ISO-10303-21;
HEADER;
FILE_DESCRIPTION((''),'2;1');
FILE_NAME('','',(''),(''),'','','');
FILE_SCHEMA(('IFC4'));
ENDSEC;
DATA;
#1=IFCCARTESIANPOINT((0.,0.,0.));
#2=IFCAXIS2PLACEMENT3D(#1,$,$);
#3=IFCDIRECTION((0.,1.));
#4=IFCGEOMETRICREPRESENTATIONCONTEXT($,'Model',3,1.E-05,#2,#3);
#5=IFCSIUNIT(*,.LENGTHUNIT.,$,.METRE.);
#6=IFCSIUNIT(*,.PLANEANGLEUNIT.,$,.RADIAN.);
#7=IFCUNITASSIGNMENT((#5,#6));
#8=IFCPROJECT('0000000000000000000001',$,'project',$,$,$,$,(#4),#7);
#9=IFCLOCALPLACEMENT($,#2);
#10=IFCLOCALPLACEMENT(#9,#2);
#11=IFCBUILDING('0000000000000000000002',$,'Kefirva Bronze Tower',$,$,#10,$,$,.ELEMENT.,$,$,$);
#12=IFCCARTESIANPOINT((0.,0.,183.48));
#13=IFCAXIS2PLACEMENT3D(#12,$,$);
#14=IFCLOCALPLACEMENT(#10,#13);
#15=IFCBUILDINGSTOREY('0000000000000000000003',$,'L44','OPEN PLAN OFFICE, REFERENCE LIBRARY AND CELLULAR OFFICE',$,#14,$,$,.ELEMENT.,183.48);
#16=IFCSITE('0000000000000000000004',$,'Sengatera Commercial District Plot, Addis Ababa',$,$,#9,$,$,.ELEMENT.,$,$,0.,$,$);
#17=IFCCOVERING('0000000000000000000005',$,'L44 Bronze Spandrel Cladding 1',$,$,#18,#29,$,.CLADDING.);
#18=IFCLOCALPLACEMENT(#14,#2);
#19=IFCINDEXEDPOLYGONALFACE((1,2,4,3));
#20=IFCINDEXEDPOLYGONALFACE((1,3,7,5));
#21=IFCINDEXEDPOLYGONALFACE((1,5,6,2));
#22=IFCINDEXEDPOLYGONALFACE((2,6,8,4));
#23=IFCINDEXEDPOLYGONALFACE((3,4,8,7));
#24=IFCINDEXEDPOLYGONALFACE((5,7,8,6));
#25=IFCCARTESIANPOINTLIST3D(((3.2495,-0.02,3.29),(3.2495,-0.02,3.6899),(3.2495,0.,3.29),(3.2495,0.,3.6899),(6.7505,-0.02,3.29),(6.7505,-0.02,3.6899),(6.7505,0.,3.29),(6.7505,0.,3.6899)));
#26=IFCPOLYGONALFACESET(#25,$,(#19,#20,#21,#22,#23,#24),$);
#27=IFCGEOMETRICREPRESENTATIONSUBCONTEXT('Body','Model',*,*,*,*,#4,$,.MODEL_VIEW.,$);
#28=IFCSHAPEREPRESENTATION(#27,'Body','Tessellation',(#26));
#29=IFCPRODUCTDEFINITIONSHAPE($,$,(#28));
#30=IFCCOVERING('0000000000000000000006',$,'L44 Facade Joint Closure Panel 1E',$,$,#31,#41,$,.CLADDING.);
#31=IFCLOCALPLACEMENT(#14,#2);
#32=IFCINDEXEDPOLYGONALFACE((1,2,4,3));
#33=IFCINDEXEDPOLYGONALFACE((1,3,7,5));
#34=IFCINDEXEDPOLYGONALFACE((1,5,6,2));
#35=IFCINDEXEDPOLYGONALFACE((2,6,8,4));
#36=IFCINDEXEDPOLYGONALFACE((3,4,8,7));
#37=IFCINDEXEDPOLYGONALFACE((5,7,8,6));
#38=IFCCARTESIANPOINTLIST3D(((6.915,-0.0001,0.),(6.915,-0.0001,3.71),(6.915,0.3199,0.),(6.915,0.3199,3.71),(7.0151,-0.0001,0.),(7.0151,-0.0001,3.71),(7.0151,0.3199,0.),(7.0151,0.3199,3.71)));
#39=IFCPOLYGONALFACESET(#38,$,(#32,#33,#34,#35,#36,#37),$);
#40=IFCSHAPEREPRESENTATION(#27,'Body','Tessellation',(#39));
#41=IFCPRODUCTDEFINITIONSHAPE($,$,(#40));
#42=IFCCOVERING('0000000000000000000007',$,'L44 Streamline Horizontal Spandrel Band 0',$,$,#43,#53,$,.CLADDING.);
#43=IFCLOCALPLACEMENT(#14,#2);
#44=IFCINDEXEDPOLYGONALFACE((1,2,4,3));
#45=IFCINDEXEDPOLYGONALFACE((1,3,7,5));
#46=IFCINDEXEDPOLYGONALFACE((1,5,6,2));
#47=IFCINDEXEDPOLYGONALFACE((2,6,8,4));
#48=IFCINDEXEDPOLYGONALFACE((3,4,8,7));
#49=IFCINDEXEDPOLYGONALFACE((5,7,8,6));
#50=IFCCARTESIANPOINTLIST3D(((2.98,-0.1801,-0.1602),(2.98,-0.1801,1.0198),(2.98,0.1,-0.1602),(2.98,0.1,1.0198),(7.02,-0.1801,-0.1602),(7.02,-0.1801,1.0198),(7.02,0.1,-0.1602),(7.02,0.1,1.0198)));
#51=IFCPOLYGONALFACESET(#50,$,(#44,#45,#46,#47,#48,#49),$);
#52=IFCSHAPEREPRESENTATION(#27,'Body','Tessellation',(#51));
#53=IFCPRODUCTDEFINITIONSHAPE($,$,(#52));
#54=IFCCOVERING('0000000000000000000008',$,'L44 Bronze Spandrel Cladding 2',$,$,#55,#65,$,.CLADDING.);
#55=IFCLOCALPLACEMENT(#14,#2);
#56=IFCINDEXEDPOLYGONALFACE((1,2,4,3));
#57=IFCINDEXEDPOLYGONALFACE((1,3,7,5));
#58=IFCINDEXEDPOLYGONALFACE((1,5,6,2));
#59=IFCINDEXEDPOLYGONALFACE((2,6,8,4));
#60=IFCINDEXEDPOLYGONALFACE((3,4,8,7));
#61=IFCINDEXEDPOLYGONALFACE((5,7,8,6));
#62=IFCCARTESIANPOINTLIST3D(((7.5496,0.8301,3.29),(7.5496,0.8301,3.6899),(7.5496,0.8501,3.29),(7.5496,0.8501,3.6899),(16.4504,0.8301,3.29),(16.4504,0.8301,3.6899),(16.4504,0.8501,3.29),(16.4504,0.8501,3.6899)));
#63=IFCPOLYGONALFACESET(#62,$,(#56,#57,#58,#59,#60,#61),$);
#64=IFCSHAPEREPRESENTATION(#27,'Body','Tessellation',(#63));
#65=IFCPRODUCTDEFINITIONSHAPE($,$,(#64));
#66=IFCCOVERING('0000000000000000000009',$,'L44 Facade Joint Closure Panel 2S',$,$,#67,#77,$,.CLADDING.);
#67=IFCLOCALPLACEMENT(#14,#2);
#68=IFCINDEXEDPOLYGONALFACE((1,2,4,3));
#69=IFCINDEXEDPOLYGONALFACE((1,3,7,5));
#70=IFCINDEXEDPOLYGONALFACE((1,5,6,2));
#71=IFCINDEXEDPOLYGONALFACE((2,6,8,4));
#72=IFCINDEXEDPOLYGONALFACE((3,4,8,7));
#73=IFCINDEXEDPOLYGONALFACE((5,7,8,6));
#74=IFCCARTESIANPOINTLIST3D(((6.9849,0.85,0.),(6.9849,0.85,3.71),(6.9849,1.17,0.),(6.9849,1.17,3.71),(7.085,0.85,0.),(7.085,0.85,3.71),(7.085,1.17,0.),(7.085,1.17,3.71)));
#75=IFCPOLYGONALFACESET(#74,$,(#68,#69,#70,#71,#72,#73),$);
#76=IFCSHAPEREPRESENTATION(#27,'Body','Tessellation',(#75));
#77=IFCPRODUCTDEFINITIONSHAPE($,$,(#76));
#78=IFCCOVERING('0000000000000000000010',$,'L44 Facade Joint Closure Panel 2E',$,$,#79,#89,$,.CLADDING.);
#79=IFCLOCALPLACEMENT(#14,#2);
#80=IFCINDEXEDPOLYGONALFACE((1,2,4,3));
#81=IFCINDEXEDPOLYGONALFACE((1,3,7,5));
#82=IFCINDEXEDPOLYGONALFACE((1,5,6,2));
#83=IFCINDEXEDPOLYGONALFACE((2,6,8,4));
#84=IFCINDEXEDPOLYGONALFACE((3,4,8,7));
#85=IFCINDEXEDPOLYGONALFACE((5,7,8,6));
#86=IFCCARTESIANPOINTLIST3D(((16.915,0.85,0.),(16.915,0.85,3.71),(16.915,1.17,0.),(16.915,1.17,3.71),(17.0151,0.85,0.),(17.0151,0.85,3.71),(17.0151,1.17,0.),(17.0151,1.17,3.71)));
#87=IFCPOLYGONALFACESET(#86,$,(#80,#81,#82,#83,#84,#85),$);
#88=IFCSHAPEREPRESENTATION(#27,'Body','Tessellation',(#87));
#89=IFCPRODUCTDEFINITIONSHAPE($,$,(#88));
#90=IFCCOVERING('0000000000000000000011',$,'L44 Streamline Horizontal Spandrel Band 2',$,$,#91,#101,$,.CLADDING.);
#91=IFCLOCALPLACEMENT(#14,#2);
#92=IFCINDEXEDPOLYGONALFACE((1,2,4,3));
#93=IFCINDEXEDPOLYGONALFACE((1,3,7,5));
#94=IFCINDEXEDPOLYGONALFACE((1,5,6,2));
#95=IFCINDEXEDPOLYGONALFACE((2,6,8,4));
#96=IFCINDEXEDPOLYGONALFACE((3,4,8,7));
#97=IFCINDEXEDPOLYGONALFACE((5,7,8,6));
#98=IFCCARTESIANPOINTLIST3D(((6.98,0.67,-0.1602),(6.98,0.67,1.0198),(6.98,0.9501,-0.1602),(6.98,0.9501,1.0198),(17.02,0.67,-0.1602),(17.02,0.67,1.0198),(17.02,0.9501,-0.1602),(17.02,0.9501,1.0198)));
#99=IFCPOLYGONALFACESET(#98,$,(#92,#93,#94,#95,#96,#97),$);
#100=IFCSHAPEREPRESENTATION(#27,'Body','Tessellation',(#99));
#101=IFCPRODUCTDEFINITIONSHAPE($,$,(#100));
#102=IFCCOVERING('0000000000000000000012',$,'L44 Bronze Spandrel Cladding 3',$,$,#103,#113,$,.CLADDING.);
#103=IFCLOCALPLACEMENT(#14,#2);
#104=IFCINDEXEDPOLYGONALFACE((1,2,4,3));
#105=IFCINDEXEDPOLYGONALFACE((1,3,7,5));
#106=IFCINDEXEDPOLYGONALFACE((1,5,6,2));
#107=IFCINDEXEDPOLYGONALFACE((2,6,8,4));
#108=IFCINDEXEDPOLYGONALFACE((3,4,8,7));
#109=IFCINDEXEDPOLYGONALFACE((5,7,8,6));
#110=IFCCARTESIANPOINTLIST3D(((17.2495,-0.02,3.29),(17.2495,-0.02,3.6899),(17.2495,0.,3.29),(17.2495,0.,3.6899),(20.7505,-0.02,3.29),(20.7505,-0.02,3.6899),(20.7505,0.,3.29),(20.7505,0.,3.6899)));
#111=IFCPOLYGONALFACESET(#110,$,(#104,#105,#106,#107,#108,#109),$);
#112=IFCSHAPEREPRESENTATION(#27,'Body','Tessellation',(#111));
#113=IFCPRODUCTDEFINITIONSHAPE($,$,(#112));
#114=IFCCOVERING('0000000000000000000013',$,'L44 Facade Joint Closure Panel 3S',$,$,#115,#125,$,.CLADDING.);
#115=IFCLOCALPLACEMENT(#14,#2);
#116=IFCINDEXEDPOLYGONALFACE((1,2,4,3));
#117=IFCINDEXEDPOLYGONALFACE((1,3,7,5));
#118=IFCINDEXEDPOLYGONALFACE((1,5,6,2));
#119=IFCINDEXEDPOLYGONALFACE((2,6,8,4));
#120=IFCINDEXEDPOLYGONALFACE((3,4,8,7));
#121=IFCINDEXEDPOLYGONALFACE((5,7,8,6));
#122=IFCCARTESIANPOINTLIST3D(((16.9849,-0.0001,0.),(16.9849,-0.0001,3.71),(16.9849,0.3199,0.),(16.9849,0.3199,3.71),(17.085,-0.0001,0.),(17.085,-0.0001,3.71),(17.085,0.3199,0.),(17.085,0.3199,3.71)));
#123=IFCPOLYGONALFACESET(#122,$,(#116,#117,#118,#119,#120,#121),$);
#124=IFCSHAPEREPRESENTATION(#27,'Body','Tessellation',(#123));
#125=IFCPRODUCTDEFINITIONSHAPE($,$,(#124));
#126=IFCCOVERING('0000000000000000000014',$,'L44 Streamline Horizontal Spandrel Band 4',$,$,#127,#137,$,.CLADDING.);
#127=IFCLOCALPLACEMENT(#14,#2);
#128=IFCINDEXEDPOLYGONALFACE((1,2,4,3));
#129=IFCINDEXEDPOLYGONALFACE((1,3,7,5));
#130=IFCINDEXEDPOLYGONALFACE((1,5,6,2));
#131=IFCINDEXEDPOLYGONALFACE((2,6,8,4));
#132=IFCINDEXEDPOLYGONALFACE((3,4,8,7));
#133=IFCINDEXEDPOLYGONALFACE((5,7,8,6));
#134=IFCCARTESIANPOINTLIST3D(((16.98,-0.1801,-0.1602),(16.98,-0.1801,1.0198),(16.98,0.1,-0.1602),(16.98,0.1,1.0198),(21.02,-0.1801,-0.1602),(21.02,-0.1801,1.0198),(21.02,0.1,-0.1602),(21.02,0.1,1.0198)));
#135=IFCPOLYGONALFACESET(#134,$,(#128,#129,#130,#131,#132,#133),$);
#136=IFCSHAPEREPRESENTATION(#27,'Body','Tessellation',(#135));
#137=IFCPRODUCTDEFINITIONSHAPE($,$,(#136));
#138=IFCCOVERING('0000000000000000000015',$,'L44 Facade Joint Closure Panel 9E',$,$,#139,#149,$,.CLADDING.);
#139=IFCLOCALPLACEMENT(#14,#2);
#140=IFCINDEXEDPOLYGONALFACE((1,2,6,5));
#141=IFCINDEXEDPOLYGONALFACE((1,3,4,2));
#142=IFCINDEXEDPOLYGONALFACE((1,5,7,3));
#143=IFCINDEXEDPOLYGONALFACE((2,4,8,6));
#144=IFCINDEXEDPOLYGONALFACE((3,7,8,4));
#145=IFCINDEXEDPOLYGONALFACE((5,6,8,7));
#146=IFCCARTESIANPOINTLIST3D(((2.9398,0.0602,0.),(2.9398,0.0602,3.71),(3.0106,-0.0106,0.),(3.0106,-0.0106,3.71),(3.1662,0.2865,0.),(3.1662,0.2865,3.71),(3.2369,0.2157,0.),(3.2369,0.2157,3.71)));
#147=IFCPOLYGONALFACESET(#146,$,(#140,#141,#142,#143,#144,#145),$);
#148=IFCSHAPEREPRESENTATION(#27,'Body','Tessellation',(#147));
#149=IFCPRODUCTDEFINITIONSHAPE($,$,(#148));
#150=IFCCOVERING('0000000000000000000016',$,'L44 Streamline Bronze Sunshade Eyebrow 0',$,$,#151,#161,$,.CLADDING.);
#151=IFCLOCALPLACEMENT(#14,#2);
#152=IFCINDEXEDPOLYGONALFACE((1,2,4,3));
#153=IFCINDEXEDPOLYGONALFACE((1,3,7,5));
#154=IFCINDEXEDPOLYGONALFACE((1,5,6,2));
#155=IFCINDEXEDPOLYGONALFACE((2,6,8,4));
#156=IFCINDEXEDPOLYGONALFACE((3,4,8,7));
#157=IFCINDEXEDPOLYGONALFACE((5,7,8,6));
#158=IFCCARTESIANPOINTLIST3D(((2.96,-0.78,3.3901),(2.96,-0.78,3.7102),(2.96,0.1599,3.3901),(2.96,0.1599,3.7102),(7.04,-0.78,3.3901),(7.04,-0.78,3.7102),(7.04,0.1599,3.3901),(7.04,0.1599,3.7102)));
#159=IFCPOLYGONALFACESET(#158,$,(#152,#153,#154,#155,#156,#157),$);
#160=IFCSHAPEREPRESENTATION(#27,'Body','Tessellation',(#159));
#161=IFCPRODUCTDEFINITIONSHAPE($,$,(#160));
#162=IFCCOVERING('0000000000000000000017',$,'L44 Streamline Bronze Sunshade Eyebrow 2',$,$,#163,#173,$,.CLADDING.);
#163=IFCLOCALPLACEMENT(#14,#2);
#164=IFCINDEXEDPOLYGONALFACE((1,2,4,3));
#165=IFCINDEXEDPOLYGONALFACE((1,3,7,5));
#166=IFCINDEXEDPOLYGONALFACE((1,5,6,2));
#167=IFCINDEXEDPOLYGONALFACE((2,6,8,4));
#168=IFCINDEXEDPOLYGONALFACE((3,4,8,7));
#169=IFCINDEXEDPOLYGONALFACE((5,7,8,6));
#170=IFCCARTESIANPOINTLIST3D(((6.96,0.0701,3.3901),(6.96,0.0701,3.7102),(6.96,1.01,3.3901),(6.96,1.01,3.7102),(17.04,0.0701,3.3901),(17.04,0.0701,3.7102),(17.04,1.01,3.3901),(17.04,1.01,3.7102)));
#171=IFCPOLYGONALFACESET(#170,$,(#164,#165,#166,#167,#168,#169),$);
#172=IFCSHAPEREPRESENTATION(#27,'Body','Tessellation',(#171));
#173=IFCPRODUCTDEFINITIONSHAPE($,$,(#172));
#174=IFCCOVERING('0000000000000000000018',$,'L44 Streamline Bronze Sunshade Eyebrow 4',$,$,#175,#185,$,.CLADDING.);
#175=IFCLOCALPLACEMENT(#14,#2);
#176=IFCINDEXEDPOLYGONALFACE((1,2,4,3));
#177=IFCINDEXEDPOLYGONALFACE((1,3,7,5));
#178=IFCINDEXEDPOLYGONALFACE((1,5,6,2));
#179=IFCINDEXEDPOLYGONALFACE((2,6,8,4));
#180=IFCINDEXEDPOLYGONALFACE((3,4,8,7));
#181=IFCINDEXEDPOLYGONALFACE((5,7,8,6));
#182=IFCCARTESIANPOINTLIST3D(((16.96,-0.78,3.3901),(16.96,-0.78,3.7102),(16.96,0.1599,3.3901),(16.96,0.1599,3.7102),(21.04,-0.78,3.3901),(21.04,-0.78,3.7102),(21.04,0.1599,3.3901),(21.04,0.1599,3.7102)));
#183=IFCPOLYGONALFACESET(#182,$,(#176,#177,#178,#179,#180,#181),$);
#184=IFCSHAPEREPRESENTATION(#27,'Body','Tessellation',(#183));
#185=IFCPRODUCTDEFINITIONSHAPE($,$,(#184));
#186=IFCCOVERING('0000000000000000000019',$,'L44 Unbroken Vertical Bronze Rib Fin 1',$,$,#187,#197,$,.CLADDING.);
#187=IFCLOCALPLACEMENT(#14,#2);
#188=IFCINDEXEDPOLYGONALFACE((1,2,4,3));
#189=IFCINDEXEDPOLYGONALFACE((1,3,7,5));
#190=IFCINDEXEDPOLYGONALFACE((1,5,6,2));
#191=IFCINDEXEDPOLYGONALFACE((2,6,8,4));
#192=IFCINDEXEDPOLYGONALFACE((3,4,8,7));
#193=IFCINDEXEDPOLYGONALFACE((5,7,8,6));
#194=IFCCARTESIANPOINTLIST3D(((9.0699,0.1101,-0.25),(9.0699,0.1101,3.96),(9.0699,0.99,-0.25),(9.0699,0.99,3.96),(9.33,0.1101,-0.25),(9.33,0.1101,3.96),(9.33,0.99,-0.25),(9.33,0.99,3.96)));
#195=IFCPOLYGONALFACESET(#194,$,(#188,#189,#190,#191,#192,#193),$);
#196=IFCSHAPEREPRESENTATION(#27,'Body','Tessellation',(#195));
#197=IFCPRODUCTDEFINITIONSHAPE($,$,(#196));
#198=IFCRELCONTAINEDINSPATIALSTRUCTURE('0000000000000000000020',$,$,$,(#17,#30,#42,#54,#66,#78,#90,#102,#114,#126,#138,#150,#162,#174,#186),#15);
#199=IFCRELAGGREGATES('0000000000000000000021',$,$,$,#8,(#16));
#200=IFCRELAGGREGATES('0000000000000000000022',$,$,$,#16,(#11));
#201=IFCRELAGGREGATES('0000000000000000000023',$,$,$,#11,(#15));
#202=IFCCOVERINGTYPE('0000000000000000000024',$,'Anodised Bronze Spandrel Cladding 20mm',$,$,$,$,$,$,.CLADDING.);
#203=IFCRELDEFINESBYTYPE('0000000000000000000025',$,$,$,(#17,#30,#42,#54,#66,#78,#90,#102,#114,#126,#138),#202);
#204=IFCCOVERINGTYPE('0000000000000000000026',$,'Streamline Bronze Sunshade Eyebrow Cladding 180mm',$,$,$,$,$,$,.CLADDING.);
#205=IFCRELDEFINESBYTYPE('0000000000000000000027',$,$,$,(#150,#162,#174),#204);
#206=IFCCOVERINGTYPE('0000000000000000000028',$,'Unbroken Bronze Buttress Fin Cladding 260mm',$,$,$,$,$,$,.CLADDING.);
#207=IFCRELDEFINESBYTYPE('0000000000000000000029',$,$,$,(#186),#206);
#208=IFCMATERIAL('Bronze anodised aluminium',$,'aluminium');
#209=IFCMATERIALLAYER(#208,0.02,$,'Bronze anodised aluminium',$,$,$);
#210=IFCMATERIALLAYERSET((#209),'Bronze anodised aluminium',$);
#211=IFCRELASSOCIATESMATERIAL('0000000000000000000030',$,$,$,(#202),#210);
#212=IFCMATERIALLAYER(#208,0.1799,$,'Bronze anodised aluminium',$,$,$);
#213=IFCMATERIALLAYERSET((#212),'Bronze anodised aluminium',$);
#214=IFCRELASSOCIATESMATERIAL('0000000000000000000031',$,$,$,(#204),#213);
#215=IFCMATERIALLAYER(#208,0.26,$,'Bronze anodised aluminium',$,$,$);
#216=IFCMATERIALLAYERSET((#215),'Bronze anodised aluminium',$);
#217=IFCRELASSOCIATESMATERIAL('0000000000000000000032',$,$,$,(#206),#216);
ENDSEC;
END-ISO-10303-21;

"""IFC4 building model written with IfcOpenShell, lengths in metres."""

from ifc_helpers import new_model, si_unit, direction, frame, origin, origin_2d, place, context, subcontext, project, spatial, rectangle, extrude, material, layer, layer_set, type_object, element, save


model = new_model("IFC4")

# Units and contexts
model_context = context("Model", 3, precision=1e-05, world=origin(), true_north=direction((0.0, 1.0)))
body_context = subcontext(model_context, "Body", "Model", "MODEL_VIEW")
ifc_project = project(units=[si_unit("LENGTHUNIT", "METRE"), si_unit("PLANEANGLEUNIT", "RADIAN")], contexts=[model_context])

# Site, building, storey
site_placement = place(None, origin())
site = spatial("IfcSite", under=ifc_project, at=site_placement, Name="Sengatera Commercial District Plot, Addis Ababa", CompositionType="ELEMENT", RefElevation=0.0)
building_placement = place(site_placement, origin())
building = spatial("IfcBuilding", under=site, at=building_placement, Name="Kefirva Bronze Tower", CompositionType="ELEMENT")
storey_placement = place(building_placement, frame((0.0, 0.0, 183.48)))
storey = spatial("IfcBuildingStorey", under=building, at=storey_placement, Name="L44", Description="OPEN PLAN OFFICE, REFERENCE LIBRARY AND CELLULAR OFFICE", CompositionType="ELEMENT", Elevation=183.48)

# Coverings
ifc_material_1 = material(Name="Bronze anodised aluminium", Category="aluminium")
ifc_layer_1 = layer(ifc_material_1, 0.02, Name="Bronze anodised aluminium")
ifc_layer_set_1 = layer_set([ifc_layer_1], Name="Bronze anodised aluminium")
covering_type_1 = type_object("IfcCoveringType", Name="Anodised Bronze Spandrel Cladding 20mm", PredefinedType="CLADDING", material=ifc_layer_set_1)
covering_1_placement = place(storey_placement, frame((5.0, -0.01, 3.29), z_axis=(0.0, 0.0, 1.0), x_axis=(1.0, 0.0, 0.0)))
element("IfcCovering", 1, at=covering_1_placement, inside=storey, type_object=covering_type_1, Name="L44 Bronze Spandrel Cladding 1", PredefinedType="CLADDING", context=body_context, shape_type="SweptSolid", body=[
    extrude(rectangle(XDim=3.501, YDim=0.02, at=origin_2d()), origin(), (0.0, 0.0, 1.0), 0.3999),
])
covering_2_placement = place(storey_placement, frame((6.9651, 0.1599, 0.0), z_axis=(0.0, 0.0, 1.0), x_axis=(1.0, 0.0, 0.0)))
element("IfcCovering", 2, at=covering_2_placement, inside=storey, type_object=covering_type_1, Name="L44 Facade Joint Closure Panel 1E", PredefinedType="CLADDING", context=body_context, shape_type="SweptSolid", body=[
    extrude(rectangle(XDim=0.1001, YDim=0.3201, at=origin_2d()), origin(), (0.0, 0.0, 1.0), 3.71),
])
covering_3_placement = place(storey_placement, frame((5.0, -0.04, -0.1602), z_axis=(0.0, 0.0, 1.0), x_axis=(1.0, 0.0, 0.0)))
element("IfcCovering", 3, at=covering_3_placement, inside=storey, type_object=covering_type_1, Name="L44 Streamline Horizontal Spandrel Band 0", PredefinedType="CLADDING", context=body_context, shape_type="SweptSolid", body=[
    extrude(rectangle(XDim=4.04, YDim=0.28, at=origin_2d()), origin(), (0.0, 0.0, 1.0), 1.1799),
])
covering_4_placement = place(storey_placement, frame((12.0, 0.8401, 3.29), z_axis=(0.0, 0.0, 1.0), x_axis=(1.0, 0.0, 0.0)))
element("IfcCovering", 4, at=covering_4_placement, inside=storey, type_object=covering_type_1, Name="L44 Bronze Spandrel Cladding 2", PredefinedType="CLADDING", context=body_context, shape_type="SweptSolid", body=[
    extrude(rectangle(XDim=8.9009, YDim=0.02, at=origin_2d()), origin(), (0.0, 0.0, 1.0), 0.3999),
])
for number, where, z_axis, x_axis, name in (
    (5, (7.0349, 1.01, 0.0), (0.0, 0.0, 1.0), (1.0, 0.0, 0.0), "L44 Facade Joint Closure Panel 2S"),
    (6, (16.9651, 1.01, 0.0), (0.0, 0.0, 1.0), (1.0, 0.0, 0.0), "L44 Facade Joint Closure Panel 2E"),
):
    element("IfcCovering", number, at=place(storey_placement, frame(where, z_axis=z_axis, x_axis=x_axis)), inside=storey, type_object=covering_type_1, Name=name, PredefinedType="CLADDING", context=body_context, shape_type="SweptSolid", body=[
        extrude(rectangle(XDim=0.1001, YDim=0.3201, at=origin_2d()), origin(), (0.0, 0.0, 1.0), 3.71),
    ])
covering_5_placement = place(storey_placement, frame((12.0, 0.8101, -0.1602), z_axis=(0.0, 0.0, 1.0), x_axis=(1.0, 0.0, 0.0)))
element("IfcCovering", 7, at=covering_5_placement, inside=storey, type_object=covering_type_1, Name="L44 Streamline Horizontal Spandrel Band 2", PredefinedType="CLADDING", context=body_context, shape_type="SweptSolid", body=[
    extrude(rectangle(XDim=10.04, YDim=0.28, at=origin_2d()), origin(), (0.0, 0.0, 1.0), 1.1799),
])
covering_6_placement = place(storey_placement, frame((19.0, -0.01, 3.29), z_axis=(0.0, 0.0, 1.0), x_axis=(1.0, 0.0, 0.0)))
element("IfcCovering", 8, at=covering_6_placement, inside=storey, type_object=covering_type_1, Name="L44 Bronze Spandrel Cladding 3", PredefinedType="CLADDING", context=body_context, shape_type="SweptSolid", body=[
    extrude(rectangle(XDim=3.501, YDim=0.02, at=origin_2d()), origin(), (0.0, 0.0, 1.0), 0.3999),
])
covering_7_placement = place(storey_placement, frame((17.0349, 0.1599, 0.0), z_axis=(0.0, 0.0, 1.0), x_axis=(1.0, 0.0, 0.0)))
element("IfcCovering", 9, at=covering_7_placement, inside=storey, type_object=covering_type_1, Name="L44 Facade Joint Closure Panel 3S", PredefinedType="CLADDING", context=body_context, shape_type="SweptSolid", body=[
    extrude(rectangle(XDim=0.1001, YDim=0.3201, at=origin_2d()), origin(), (0.0, 0.0, 1.0), 3.71),
])
covering_8_placement = place(storey_placement, frame((19.0, -0.04, -0.1602), z_axis=(0.0, 0.0, 1.0), x_axis=(1.0, 0.0, 0.0)))
element("IfcCovering", 10, at=covering_8_placement, inside=storey, type_object=covering_type_1, Name="L44 Streamline Horizontal Spandrel Band 4", PredefinedType="CLADDING", context=body_context, shape_type="SweptSolid", body=[
    extrude(rectangle(XDim=4.04, YDim=0.28, at=origin_2d()), origin(), (0.0, 0.0, 1.0), 1.1799),
])
covering_9_placement = place(storey_placement, frame((3.0884, 0.1379, 0.0), z_axis=(0.0, 0.0, 1.0), x_axis=(0.707107, -0.707107, 0.0)))
element("IfcCovering", 11, at=covering_9_placement, inside=storey, type_object=covering_type_1, Name="L44 Facade Joint Closure Panel 9E", PredefinedType="CLADDING", context=body_context, shape_type="SweptSolid", body=[
    extrude(rectangle(XDim=0.1001, YDim=0.3201, at=origin_2d()), origin(), (0.0, 0.0, 1.0), 3.71),
])
ifc_layer_2 = layer(ifc_material_1, 0.1799, Name="Bronze anodised aluminium")
ifc_layer_set_2 = layer_set([ifc_layer_2], Name="Bronze anodised aluminium")
covering_type_2 = type_object("IfcCoveringType", Name="Streamline Bronze Sunshade Eyebrow Cladding 180mm", PredefinedType="CLADDING", material=ifc_layer_set_2)
covering_10_placement = place(storey_placement, frame((5.0, -0.3101, 3.3901), z_axis=(0.0, 0.0, 1.0), x_axis=(1.0, 0.0, 0.0)))
element("IfcCovering", 12, at=covering_10_placement, inside=storey, type_object=covering_type_2, Name="L44 Streamline Bronze Sunshade Eyebrow 0", PredefinedType="CLADDING", context=body_context, shape_type="SweptSolid", body=[
    extrude(rectangle(XDim=4.0801, YDim=0.9399, at=origin_2d()), origin(), (0.0, 0.0, 1.0), 0.3201),
])
covering_11_placement = place(storey_placement, frame((12.0, 0.54, 3.3901), z_axis=(0.0, 0.0, 1.0), x_axis=(1.0, 0.0, 0.0)))
element("IfcCovering", 13, at=covering_11_placement, inside=storey, type_object=covering_type_2, Name="L44 Streamline Bronze Sunshade Eyebrow 2", PredefinedType="CLADDING", context=body_context, shape_type="SweptSolid", body=[
    extrude(rectangle(XDim=10.0801, YDim=0.9399, at=origin_2d()), origin(), (0.0, 0.0, 1.0), 0.3201),
])
covering_12_placement = place(storey_placement, frame((19.0, -0.3101, 3.3901), z_axis=(0.0, 0.0, 1.0), x_axis=(1.0, 0.0, 0.0)))
element("IfcCovering", 14, at=covering_12_placement, inside=storey, type_object=covering_type_2, Name="L44 Streamline Bronze Sunshade Eyebrow 4", PredefinedType="CLADDING", context=body_context, shape_type="SweptSolid", body=[
    extrude(rectangle(XDim=4.0801, YDim=0.9399, at=origin_2d()), origin(), (0.0, 0.0, 1.0), 0.3201),
])
ifc_layer_3 = layer(ifc_material_1, 0.26, Name="Bronze anodised aluminium")
ifc_layer_set_3 = layer_set([ifc_layer_3], Name="Bronze anodised aluminium")
covering_type_3 = type_object("IfcCoveringType", Name="Unbroken Bronze Buttress Fin Cladding 260mm", PredefinedType="CLADDING", material=ifc_layer_set_3)
for number, where, z_axis, x_axis, name in (
    (15, (9.2, 0.55, -0.25), (0.0, 0.0, 1.0), (1.0, 0.0, 0.0), "L44 Unbroken Vertical Bronze Rib Fin 1"),
):
    element("IfcCovering", number, at=place(storey_placement, frame(where, z_axis=z_axis, x_axis=x_axis)), inside=storey, type_object=covering_type_3, Name=name, PredefinedType="CLADDING", context=body_context, shape_type="SweptSolid", body=[
        extrude(rectangle(XDim=0.26, YDim=0.8799, at=origin_2d()), origin(), (0.0, 0.0, 1.0), 4.21),
    ])

save(model, "model.ifc")
